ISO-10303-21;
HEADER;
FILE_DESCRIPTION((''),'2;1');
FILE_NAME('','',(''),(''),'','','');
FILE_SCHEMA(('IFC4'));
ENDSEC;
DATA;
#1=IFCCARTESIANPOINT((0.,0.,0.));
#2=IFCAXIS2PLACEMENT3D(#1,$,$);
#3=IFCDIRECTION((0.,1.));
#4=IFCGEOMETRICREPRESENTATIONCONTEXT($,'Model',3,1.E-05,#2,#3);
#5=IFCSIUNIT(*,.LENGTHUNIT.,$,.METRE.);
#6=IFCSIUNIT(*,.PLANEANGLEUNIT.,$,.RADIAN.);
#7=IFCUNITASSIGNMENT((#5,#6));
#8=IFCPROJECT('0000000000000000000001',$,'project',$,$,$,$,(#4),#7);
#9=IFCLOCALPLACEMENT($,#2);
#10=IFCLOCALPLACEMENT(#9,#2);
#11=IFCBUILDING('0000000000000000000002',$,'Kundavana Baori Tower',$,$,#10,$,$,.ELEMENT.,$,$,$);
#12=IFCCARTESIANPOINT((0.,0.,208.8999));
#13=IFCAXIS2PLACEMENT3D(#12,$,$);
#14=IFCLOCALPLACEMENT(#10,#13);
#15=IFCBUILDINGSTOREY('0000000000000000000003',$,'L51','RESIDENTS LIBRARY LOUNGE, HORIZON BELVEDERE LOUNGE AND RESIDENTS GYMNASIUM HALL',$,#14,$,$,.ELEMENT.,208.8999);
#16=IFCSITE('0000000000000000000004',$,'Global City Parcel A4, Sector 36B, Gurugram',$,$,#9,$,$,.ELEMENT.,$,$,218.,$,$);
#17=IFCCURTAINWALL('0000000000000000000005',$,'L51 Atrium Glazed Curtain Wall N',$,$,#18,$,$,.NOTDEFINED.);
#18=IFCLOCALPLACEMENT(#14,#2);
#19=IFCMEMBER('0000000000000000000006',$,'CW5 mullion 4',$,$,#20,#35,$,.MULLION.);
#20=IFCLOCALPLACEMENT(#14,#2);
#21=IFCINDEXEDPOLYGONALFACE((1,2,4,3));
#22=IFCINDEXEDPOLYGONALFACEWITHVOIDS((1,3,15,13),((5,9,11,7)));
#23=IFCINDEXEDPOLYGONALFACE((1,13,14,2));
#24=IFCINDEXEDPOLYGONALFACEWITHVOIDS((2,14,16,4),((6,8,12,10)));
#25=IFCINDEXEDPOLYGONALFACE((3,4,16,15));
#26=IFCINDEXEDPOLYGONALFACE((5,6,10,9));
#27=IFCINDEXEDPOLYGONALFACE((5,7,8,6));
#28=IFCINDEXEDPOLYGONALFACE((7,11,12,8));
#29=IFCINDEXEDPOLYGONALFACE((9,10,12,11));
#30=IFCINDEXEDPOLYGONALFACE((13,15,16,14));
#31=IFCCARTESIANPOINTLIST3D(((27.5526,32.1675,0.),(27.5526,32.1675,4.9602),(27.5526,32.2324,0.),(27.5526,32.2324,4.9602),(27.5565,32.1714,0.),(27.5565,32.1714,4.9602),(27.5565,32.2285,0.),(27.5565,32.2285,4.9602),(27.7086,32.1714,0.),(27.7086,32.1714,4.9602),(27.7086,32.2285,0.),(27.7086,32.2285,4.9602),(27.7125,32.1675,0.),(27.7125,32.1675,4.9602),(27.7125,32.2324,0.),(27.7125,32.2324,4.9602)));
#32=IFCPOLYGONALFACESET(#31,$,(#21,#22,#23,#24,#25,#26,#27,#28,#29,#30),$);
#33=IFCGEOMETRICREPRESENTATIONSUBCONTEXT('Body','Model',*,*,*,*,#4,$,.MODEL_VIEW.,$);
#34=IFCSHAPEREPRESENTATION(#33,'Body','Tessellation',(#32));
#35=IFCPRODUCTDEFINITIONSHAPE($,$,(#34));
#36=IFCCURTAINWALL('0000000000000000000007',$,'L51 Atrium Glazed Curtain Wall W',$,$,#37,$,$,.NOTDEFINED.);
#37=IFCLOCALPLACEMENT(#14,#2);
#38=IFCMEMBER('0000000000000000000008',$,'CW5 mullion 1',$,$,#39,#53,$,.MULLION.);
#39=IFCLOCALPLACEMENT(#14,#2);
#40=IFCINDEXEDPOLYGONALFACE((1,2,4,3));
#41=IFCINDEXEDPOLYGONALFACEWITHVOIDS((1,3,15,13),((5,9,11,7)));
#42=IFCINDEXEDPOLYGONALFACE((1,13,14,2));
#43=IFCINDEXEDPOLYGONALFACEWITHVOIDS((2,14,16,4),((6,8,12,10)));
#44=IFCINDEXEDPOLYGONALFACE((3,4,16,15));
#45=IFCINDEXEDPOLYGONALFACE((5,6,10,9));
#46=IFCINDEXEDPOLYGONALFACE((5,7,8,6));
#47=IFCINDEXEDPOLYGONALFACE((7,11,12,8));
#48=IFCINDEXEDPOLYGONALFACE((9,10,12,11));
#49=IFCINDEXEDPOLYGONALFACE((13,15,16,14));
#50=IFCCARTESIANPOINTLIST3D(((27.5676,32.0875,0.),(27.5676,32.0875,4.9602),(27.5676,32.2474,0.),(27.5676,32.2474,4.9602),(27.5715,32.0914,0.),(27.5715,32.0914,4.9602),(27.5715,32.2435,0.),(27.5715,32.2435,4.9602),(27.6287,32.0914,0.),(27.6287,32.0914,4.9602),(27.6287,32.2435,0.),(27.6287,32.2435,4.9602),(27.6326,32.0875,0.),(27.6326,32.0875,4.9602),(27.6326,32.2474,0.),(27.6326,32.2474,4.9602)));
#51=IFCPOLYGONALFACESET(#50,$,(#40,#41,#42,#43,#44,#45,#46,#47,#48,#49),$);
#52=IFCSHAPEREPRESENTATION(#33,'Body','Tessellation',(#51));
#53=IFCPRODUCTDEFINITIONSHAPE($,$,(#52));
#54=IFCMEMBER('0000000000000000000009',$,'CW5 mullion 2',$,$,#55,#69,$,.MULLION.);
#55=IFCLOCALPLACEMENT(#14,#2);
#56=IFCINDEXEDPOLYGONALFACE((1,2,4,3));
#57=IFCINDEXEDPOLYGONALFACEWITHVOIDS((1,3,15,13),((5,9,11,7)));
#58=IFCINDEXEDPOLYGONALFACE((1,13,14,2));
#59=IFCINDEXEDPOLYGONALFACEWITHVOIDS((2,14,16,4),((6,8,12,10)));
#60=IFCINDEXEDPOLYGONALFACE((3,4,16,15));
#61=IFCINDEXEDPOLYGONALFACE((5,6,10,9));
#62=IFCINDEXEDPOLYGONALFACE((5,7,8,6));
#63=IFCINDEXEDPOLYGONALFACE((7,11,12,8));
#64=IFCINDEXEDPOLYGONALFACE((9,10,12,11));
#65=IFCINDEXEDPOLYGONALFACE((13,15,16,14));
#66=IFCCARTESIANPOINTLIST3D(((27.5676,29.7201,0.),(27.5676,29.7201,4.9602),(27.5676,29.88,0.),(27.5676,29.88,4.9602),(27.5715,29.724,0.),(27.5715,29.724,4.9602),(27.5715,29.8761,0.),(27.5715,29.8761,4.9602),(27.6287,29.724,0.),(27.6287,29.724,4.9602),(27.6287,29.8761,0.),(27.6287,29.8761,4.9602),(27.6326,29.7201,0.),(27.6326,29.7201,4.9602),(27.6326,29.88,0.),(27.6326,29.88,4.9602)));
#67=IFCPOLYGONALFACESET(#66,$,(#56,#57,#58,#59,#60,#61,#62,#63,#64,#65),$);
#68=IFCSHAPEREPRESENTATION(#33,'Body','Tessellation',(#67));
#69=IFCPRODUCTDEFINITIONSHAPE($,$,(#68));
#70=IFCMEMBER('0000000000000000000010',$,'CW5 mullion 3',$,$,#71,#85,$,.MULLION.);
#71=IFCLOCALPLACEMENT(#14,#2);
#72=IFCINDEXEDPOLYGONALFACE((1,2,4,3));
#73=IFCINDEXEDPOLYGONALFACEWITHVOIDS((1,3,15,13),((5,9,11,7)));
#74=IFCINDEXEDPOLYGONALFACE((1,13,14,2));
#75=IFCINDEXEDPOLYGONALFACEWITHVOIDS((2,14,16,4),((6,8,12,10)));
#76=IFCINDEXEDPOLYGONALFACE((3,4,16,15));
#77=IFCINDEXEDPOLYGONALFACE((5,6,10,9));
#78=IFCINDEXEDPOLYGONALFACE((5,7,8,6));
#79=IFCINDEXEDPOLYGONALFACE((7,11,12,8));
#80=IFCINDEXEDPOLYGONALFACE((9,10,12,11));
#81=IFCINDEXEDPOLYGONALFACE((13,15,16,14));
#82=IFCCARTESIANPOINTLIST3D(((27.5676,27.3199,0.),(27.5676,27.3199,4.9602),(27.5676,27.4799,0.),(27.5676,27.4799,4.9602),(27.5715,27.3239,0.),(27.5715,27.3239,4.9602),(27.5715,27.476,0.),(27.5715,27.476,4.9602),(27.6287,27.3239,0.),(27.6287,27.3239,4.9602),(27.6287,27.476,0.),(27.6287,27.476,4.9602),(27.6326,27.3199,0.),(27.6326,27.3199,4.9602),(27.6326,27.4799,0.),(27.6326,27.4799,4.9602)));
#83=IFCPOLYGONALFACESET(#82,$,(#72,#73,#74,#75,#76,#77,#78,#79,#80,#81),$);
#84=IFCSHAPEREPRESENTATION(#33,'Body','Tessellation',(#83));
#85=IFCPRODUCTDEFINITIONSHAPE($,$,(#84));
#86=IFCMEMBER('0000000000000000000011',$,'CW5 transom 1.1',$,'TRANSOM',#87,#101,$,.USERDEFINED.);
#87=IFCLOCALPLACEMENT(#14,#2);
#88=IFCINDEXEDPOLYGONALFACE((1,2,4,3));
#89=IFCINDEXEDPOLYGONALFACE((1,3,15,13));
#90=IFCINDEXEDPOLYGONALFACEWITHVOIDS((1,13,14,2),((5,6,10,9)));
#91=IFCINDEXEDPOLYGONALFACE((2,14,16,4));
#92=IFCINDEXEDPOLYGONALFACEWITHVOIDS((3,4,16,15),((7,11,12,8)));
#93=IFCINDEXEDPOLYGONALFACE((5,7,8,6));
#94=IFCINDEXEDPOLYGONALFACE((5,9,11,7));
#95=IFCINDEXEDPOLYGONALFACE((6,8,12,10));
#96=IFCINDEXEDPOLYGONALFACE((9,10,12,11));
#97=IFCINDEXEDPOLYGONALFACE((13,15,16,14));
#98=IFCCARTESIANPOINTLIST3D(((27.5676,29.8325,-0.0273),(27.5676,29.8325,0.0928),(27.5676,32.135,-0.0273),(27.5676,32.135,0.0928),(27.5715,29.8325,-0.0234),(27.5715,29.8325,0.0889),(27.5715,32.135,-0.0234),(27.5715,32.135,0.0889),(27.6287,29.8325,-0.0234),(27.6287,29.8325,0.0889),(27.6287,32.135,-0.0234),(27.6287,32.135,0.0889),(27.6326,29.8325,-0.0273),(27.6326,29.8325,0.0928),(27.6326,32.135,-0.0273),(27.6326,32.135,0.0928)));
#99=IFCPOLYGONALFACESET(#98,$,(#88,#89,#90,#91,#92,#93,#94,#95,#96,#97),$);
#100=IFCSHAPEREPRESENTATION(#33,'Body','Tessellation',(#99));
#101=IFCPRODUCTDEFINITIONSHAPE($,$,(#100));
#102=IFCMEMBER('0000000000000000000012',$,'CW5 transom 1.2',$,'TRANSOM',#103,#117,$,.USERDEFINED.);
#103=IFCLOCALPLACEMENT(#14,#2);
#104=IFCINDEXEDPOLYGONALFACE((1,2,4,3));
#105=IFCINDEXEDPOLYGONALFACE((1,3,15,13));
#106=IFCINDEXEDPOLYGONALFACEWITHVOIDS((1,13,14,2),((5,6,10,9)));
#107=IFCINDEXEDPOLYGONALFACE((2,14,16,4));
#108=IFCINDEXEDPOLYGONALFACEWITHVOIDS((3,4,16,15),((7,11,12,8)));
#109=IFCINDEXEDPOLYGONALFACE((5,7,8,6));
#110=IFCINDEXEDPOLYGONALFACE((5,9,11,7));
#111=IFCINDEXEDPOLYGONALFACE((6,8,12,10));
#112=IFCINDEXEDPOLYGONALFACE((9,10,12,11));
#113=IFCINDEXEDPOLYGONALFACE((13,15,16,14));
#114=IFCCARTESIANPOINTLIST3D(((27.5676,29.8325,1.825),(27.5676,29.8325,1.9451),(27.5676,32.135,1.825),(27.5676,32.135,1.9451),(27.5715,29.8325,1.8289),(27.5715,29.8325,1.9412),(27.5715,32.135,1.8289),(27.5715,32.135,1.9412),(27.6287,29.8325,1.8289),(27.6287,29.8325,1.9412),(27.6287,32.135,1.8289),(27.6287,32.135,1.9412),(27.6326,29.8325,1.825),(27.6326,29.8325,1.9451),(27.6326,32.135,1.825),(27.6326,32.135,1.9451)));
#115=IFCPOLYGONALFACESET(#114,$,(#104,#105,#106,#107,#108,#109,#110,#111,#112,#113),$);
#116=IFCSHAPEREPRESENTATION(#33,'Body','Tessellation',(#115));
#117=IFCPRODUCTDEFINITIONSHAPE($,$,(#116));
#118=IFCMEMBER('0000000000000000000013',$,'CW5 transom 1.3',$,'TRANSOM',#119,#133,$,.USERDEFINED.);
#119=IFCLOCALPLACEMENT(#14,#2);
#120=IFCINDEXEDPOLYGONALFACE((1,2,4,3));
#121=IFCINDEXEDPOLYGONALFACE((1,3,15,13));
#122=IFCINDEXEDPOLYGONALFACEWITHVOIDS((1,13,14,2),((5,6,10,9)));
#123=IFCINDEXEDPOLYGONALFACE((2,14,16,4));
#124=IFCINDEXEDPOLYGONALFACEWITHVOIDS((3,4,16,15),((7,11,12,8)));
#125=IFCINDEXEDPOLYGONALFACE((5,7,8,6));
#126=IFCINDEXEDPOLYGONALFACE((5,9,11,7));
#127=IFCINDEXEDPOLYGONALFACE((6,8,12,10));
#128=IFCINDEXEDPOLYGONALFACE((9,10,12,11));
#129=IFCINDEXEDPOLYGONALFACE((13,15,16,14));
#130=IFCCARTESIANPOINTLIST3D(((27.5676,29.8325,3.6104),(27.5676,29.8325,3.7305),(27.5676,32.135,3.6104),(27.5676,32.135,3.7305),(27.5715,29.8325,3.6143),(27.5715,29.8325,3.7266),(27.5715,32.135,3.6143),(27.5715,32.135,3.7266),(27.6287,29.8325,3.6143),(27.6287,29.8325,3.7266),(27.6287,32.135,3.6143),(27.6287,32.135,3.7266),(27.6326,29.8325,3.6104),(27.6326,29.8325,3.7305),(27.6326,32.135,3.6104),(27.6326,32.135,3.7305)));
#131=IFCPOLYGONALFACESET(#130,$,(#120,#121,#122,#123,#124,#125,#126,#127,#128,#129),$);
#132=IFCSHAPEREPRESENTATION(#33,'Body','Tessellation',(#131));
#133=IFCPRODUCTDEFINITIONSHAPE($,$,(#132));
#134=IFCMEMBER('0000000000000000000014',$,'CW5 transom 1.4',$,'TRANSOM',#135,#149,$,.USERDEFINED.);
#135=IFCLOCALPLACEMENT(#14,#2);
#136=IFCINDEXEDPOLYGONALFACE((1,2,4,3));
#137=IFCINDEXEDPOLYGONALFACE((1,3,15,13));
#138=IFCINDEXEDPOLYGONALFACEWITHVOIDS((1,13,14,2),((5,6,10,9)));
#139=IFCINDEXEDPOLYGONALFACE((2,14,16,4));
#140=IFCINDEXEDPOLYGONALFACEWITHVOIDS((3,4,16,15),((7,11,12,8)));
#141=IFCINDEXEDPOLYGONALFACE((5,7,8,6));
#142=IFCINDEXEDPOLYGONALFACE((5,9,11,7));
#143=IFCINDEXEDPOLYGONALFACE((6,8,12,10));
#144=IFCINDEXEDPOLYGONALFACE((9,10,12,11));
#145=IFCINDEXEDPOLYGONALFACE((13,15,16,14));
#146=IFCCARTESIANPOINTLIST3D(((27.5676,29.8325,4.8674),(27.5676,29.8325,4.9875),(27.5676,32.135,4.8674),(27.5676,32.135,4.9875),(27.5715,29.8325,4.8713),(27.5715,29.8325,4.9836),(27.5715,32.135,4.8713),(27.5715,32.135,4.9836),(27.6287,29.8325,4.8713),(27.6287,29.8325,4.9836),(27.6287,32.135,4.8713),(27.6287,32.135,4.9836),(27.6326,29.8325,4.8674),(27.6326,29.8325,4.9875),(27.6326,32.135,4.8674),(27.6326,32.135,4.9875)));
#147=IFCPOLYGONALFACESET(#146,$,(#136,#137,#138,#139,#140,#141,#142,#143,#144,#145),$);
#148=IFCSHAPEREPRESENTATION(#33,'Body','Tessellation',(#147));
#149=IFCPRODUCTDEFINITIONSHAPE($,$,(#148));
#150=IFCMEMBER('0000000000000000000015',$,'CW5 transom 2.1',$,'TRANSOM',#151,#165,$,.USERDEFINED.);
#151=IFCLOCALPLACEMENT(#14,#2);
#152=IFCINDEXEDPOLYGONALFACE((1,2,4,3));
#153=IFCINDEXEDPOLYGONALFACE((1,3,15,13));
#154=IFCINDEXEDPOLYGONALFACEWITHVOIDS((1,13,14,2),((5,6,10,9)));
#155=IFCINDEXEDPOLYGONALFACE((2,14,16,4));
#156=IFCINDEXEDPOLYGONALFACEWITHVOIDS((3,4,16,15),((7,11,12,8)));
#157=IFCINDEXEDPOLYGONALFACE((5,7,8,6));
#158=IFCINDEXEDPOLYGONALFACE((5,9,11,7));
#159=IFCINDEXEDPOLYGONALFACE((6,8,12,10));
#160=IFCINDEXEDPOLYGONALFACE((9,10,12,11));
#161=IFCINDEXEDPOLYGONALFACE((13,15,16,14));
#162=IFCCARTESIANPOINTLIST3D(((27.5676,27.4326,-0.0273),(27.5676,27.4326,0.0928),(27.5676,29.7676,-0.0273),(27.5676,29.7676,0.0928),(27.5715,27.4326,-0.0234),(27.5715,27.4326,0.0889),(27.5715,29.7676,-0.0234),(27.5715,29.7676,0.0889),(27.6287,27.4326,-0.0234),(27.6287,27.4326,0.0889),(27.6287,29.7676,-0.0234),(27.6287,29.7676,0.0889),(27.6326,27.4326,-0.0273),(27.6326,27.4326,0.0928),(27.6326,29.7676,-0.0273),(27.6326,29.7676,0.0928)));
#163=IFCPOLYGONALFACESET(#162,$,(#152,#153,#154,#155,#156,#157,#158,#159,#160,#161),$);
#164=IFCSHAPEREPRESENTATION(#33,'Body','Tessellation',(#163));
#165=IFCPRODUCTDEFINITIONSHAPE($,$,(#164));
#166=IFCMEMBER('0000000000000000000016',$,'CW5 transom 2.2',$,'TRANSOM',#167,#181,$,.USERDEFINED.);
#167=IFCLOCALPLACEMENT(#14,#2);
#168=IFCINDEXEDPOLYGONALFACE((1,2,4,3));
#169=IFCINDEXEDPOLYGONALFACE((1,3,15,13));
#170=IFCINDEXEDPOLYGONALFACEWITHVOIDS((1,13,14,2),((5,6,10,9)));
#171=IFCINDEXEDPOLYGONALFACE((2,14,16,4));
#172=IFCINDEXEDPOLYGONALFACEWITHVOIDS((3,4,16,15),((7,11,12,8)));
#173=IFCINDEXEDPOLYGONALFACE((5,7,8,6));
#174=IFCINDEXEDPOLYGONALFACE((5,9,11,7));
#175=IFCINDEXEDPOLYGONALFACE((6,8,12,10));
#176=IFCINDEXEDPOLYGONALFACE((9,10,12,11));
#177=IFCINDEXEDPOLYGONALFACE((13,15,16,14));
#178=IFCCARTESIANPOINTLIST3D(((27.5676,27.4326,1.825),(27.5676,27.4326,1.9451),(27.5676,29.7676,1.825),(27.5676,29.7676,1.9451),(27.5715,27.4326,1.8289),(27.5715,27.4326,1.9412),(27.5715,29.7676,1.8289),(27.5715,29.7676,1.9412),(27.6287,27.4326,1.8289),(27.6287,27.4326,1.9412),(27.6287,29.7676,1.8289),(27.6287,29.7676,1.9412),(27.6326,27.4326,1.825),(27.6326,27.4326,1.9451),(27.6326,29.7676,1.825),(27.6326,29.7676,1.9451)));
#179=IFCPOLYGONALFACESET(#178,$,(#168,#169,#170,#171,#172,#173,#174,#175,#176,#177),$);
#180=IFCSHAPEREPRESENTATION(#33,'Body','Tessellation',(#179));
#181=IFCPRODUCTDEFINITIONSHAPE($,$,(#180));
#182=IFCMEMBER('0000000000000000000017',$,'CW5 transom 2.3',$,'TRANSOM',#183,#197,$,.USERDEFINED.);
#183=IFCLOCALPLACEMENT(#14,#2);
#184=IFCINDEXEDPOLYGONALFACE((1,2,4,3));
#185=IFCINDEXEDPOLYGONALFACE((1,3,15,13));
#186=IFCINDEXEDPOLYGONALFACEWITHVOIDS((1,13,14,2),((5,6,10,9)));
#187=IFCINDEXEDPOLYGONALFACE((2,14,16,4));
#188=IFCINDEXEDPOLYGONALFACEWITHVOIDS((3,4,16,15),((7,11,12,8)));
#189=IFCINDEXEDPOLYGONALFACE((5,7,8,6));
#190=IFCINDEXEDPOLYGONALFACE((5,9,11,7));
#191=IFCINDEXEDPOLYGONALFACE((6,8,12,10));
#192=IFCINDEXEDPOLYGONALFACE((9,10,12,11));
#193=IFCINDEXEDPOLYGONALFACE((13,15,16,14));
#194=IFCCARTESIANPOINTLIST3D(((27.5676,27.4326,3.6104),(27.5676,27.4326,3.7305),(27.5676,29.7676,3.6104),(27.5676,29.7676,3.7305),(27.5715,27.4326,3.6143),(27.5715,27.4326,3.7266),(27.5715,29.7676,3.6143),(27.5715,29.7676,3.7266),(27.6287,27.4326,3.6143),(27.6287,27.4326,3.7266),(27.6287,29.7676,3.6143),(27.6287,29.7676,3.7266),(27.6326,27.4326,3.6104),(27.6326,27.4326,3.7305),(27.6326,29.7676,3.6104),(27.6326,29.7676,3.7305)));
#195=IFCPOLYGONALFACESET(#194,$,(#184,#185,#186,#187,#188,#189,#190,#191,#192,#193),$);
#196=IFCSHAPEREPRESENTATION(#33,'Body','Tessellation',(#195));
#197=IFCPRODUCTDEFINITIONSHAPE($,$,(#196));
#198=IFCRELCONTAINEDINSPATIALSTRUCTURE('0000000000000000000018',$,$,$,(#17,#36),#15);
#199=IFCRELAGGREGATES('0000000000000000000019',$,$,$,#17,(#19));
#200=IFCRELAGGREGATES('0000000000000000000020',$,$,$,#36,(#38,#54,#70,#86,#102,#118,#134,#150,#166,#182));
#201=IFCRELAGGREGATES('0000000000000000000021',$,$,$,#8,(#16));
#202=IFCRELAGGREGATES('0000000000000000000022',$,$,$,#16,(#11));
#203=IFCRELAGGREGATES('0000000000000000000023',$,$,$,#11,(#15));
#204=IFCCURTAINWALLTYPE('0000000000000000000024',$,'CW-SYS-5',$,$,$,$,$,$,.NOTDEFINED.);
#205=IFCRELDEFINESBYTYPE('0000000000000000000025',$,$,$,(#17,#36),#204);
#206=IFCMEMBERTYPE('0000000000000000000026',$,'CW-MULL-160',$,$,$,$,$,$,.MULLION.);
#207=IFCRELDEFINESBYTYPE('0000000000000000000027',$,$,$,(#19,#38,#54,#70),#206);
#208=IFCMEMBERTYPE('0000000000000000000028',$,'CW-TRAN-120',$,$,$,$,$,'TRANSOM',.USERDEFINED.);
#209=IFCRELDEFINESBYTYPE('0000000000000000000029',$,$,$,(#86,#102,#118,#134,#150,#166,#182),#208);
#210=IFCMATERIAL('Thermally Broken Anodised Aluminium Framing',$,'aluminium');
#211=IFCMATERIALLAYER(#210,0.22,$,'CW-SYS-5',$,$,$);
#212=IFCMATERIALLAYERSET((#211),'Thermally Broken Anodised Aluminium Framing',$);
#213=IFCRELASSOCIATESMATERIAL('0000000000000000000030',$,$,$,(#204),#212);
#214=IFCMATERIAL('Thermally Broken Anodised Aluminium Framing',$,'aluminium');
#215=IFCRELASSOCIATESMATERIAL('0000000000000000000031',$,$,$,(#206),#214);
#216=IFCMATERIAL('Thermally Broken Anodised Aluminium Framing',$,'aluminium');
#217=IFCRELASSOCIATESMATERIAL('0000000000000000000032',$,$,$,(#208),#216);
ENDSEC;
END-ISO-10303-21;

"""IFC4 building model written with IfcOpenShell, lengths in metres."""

from ifc_helpers import new_model, si_unit, direction, frame, origin, origin_2d, place, context, subcontext, project, spatial, hollow_rectangle, extrude, material, layer, layer_set, material_profile, profile_set, type_object, element, aggregate, save


model = new_model("IFC4")

# Units and contexts
model_context = context("Model", 3, precision=1e-05, world=origin(), true_north=direction((0.0, 1.0)))
body_context = subcontext(model_context, "Body", "Model", "MODEL_VIEW")
ifc_project = project(units=[si_unit("LENGTHUNIT", "METRE"), si_unit("PLANEANGLEUNIT", "RADIAN")], contexts=[model_context])

# Site, building, storey
site_placement = place(None, origin())
site = spatial("IfcSite", under=ifc_project, at=site_placement, Name="Global City Parcel A4, Sector 36B, Gurugram", CompositionType="ELEMENT", RefElevation=218.0)
building_placement = place(site_placement, origin())
building = spatial("IfcBuilding", under=site, at=building_placement, Name="Kundavana Baori Tower", CompositionType="ELEMENT")
storey_placement = place(building_placement, frame((0.0, 0.0, 208.8999)))
storey = spatial("IfcBuildingStorey", under=building, at=storey_placement, Name="L51", Description="RESIDENTS LIBRARY LOUNGE, HORIZON BELVEDERE LOUNGE AND RESIDENTS GYMNASIUM HALL", CompositionType="ELEMENT", Elevation=208.8999)

# Curtain wall, member
ifc_material_1 = material(Name="Thermally Broken Anodised Aluminium Framing", Category="aluminium")
ifc_layer_1 = layer(ifc_material_1, 0.22, Name="CW-SYS-5")
ifc_layer_set_1 = layer_set([ifc_layer_1], Name="Thermally Broken Anodised Aluminium Framing")
curtain_wall_type = type_object("IfcCurtainWallType", Name="CW-SYS-5", PredefinedType="NOTDEFINED", material=ifc_layer_set_1)
curtain_wall_1_placement = place(storey_placement, origin())
curtain_wall_1 = element("IfcCurtainWall", 1, at=curtain_wall_1_placement, inside=storey, type_object=curtain_wall_type, Name="L51 Atrium Glazed Curtain Wall N", PredefinedType="NOTDEFINED")
ifc_material_2 = material(Name="Thermally Broken Anodised Aluminium Framing", Category="aluminium")
ifc_material_profile_1 = material_profile(ifc_material_2, hollow_rectangle(XDim=0.0649, YDim=0.1599, WallThickness=0.0039, at=origin_2d()), Name="CW-MULL-160")
ifc_profile_set_1 = profile_set([ifc_material_profile_1], Name="Thermally Broken Anodised Aluminium Framing")
member_type_1 = type_object("IfcMemberType", Name="CW-MULL-160", PredefinedType="MULLION", material=ifc_profile_set_1)
member_1_placement = place(storey_placement, frame((27.6326, 32.2, 0.0), z_axis=(0.0, 0.0, 1.0), x_axis=(0.0, -1.0, 0.0)))
member_1 = element("IfcMember", 2, at=member_1_placement, type_object=member_type_1, Name="CW5 mullion 4", PredefinedType="MULLION", context=body_context, shape_type="SweptSolid", body=[
    extrude(hollow_rectangle(XDim=0.0649, YDim=0.1599, WallThickness=0.0039, at=origin_2d()), origin(), (0.0, 0.0, 1.0), 4.9602),
])
aggregate(curtain_wall_1, [member_1])

# Curtain wall, members
curtain_wall_2_placement = place(storey_placement, origin())
curtain_wall_2 = element("IfcCurtainWall", 3, at=curtain_wall_2_placement, inside=storey, type_object=curtain_wall_type, Name="L51 Atrium Glazed Curtain Wall W", PredefinedType="NOTDEFINED")
member_2_placement = place(storey_placement, frame((27.6001, 32.1675, 0.0), z_axis=(0.0, 0.0, 1.0), x_axis=(1.0, 0.0, 0.0)))
member_2 = element("IfcMember", 4, at=member_2_placement, type_object=member_type_1, Name="CW5 mullion 1", PredefinedType="MULLION", context=body_context, shape_type="SweptSolid", body=[
    extrude(hollow_rectangle(XDim=0.0649, YDim=0.1599, WallThickness=0.0039, at=origin_2d()), origin(), (0.0, 0.0, 1.0), 4.9602),
])
member_3_placement = place(storey_placement, frame((27.6001, 29.8, 0.0), z_axis=(0.0, 0.0, 1.0), x_axis=(1.0, 0.0, 0.0)))
member_3 = element("IfcMember", 5, at=member_3_placement, type_object=member_type_1, Name="CW5 mullion 2", PredefinedType="MULLION", context=body_context, shape_type="SweptSolid", body=[
    extrude(hollow_rectangle(XDim=0.0649, YDim=0.1599, WallThickness=0.0039, at=origin_2d()), origin(), (0.0, 0.0, 1.0), 4.9602),
])
member_4_placement = place(storey_placement, frame((27.6001, 27.3999, 0.0), z_axis=(0.0, 0.0, 1.0), x_axis=(1.0, 0.0, 0.0)))
member_4 = element("IfcMember", 6, at=member_4_placement, type_object=member_type_1, Name="CW5 mullion 3", PredefinedType="MULLION", context=body_context, shape_type="SweptSolid", body=[
    extrude(hollow_rectangle(XDim=0.0649, YDim=0.1599, WallThickness=0.0039, at=origin_2d()), origin(), (0.0, 0.0, 1.0), 4.9602),
])
ifc_material_3 = material(Name="Thermally Broken Anodised Aluminium Framing", Category="aluminium")
ifc_material_profile_2 = material_profile(ifc_material_3, hollow_rectangle(XDim=0.0649, YDim=0.1201, WallThickness=0.0039, at=origin_2d()), Name="CW-TRAN-120")
ifc_profile_set_2 = profile_set([ifc_material_profile_2], Name="Thermally Broken Anodised Aluminium Framing")
member_type_2 = type_object("IfcMemberType", Name="CW-TRAN-120", ElementType="TRANSOM", PredefinedType="USERDEFINED", material=ifc_profile_set_2)
member_5_placement = place(storey_placement, frame((27.6001, 32.135, 0.0327), z_axis=(0.0, -1.0, 0.0), x_axis=(1.0, 0.0, 0.0)))
member_5 = element("IfcMember", 7, at=member_5_placement, type_object=member_type_2, Name="CW5 transom 1.1", ObjectType="TRANSOM", PredefinedType="USERDEFINED", context=body_context, shape_type="SweptSolid", body=[
    extrude(hollow_rectangle(XDim=0.0649, YDim=0.1201, WallThickness=0.0039, at=origin_2d()), origin(), (0.0, 0.0, 1.0), 2.3025),
])
member_6_placement = place(storey_placement, frame((27.6001, 32.135, 1.885), z_axis=(0.0, -1.0, 0.0), x_axis=(1.0, 0.0, 0.0)))
member_6 = element("IfcMember", 8, at=member_6_placement, type_object=member_type_2, Name="CW5 transom 1.2", ObjectType="TRANSOM", PredefinedType="USERDEFINED", context=body_context, shape_type="SweptSolid", body=[
    extrude(hollow_rectangle(XDim=0.0649, YDim=0.1201, WallThickness=0.0039, at=origin_2d()), origin(), (0.0, 0.0, 1.0), 2.3025),
])
member_7_placement = place(storey_placement, frame((27.6001, 32.135, 3.6704), z_axis=(0.0, -1.0, 0.0), x_axis=(1.0, 0.0, 0.0)))
member_7 = element("IfcMember", 9, at=member_7_placement, type_object=member_type_2, Name="CW5 transom 1.3", ObjectType="TRANSOM", PredefinedType="USERDEFINED", context=body_context, shape_type="SweptSolid", body=[
    extrude(hollow_rectangle(XDim=0.0649, YDim=0.1201, WallThickness=0.0039, at=origin_2d()), origin(), (0.0, 0.0, 1.0), 2.3025),
])
member_8_placement = place(storey_placement, frame((27.6001, 32.135, 4.9275), z_axis=(0.0, -1.0, 0.0), x_axis=(1.0, 0.0, 0.0)))
member_8 = element("IfcMember", 10, at=member_8_placement, type_object=member_type_2, Name="CW5 transom 1.4", ObjectType="TRANSOM", PredefinedType="USERDEFINED", context=body_context, shape_type="SweptSolid", body=[
    extrude(hollow_rectangle(XDim=0.0649, YDim=0.1201, WallThickness=0.0039, at=origin_2d()), origin(), (0.0, 0.0, 1.0), 2.3025),
])
member_9_placement = place(storey_placement, frame((27.6001, 29.7676, 0.0327), z_axis=(0.0, -1.0, 0.0), x_axis=(1.0, 0.0, 0.0)))
member_9 = element("IfcMember", 11, at=member_9_placement, type_object=member_type_2, Name="CW5 transom 2.1", ObjectType="TRANSOM", PredefinedType="USERDEFINED", context=body_context, shape_type="SweptSolid", body=[
    extrude(hollow_rectangle(XDim=0.0649, YDim=0.1201, WallThickness=0.0039, at=origin_2d()), origin(), (0.0, 0.0, 1.0), 2.335),
])
member_10_placement = place(storey_placement, frame((27.6001, 29.7676, 1.885), z_axis=(0.0, -1.0, 0.0), x_axis=(1.0, 0.0, 0.0)))
member_10 = element("IfcMember", 12, at=member_10_placement, type_object=member_type_2, Name="CW5 transom 2.2", ObjectType="TRANSOM", PredefinedType="USERDEFINED", context=body_context, shape_type="SweptSolid", body=[
    extrude(hollow_rectangle(XDim=0.0649, YDim=0.1201, WallThickness=0.0039, at=origin_2d()), origin(), (0.0, 0.0, 1.0), 2.335),
])
member_11_placement = place(storey_placement, frame((27.6001, 29.7676, 3.6704), z_axis=(0.0, -1.0, 0.0), x_axis=(1.0, 0.0, 0.0)))
member_11 = element("IfcMember", 13, at=member_11_placement, type_object=member_type_2, Name="CW5 transom 2.3", ObjectType="TRANSOM", PredefinedType="USERDEFINED", context=body_context, shape_type="SweptSolid", body=[
    extrude(hollow_rectangle(XDim=0.0649, YDim=0.1201, WallThickness=0.0039, at=origin_2d()), origin(), (0.0, 0.0, 1.0), 2.335),
])
aggregate(curtain_wall_2, [member_2, member_3, member_4, member_5, member_6, member_7, member_8, member_9, member_10, member_11])

save(model, "model.ifc")
